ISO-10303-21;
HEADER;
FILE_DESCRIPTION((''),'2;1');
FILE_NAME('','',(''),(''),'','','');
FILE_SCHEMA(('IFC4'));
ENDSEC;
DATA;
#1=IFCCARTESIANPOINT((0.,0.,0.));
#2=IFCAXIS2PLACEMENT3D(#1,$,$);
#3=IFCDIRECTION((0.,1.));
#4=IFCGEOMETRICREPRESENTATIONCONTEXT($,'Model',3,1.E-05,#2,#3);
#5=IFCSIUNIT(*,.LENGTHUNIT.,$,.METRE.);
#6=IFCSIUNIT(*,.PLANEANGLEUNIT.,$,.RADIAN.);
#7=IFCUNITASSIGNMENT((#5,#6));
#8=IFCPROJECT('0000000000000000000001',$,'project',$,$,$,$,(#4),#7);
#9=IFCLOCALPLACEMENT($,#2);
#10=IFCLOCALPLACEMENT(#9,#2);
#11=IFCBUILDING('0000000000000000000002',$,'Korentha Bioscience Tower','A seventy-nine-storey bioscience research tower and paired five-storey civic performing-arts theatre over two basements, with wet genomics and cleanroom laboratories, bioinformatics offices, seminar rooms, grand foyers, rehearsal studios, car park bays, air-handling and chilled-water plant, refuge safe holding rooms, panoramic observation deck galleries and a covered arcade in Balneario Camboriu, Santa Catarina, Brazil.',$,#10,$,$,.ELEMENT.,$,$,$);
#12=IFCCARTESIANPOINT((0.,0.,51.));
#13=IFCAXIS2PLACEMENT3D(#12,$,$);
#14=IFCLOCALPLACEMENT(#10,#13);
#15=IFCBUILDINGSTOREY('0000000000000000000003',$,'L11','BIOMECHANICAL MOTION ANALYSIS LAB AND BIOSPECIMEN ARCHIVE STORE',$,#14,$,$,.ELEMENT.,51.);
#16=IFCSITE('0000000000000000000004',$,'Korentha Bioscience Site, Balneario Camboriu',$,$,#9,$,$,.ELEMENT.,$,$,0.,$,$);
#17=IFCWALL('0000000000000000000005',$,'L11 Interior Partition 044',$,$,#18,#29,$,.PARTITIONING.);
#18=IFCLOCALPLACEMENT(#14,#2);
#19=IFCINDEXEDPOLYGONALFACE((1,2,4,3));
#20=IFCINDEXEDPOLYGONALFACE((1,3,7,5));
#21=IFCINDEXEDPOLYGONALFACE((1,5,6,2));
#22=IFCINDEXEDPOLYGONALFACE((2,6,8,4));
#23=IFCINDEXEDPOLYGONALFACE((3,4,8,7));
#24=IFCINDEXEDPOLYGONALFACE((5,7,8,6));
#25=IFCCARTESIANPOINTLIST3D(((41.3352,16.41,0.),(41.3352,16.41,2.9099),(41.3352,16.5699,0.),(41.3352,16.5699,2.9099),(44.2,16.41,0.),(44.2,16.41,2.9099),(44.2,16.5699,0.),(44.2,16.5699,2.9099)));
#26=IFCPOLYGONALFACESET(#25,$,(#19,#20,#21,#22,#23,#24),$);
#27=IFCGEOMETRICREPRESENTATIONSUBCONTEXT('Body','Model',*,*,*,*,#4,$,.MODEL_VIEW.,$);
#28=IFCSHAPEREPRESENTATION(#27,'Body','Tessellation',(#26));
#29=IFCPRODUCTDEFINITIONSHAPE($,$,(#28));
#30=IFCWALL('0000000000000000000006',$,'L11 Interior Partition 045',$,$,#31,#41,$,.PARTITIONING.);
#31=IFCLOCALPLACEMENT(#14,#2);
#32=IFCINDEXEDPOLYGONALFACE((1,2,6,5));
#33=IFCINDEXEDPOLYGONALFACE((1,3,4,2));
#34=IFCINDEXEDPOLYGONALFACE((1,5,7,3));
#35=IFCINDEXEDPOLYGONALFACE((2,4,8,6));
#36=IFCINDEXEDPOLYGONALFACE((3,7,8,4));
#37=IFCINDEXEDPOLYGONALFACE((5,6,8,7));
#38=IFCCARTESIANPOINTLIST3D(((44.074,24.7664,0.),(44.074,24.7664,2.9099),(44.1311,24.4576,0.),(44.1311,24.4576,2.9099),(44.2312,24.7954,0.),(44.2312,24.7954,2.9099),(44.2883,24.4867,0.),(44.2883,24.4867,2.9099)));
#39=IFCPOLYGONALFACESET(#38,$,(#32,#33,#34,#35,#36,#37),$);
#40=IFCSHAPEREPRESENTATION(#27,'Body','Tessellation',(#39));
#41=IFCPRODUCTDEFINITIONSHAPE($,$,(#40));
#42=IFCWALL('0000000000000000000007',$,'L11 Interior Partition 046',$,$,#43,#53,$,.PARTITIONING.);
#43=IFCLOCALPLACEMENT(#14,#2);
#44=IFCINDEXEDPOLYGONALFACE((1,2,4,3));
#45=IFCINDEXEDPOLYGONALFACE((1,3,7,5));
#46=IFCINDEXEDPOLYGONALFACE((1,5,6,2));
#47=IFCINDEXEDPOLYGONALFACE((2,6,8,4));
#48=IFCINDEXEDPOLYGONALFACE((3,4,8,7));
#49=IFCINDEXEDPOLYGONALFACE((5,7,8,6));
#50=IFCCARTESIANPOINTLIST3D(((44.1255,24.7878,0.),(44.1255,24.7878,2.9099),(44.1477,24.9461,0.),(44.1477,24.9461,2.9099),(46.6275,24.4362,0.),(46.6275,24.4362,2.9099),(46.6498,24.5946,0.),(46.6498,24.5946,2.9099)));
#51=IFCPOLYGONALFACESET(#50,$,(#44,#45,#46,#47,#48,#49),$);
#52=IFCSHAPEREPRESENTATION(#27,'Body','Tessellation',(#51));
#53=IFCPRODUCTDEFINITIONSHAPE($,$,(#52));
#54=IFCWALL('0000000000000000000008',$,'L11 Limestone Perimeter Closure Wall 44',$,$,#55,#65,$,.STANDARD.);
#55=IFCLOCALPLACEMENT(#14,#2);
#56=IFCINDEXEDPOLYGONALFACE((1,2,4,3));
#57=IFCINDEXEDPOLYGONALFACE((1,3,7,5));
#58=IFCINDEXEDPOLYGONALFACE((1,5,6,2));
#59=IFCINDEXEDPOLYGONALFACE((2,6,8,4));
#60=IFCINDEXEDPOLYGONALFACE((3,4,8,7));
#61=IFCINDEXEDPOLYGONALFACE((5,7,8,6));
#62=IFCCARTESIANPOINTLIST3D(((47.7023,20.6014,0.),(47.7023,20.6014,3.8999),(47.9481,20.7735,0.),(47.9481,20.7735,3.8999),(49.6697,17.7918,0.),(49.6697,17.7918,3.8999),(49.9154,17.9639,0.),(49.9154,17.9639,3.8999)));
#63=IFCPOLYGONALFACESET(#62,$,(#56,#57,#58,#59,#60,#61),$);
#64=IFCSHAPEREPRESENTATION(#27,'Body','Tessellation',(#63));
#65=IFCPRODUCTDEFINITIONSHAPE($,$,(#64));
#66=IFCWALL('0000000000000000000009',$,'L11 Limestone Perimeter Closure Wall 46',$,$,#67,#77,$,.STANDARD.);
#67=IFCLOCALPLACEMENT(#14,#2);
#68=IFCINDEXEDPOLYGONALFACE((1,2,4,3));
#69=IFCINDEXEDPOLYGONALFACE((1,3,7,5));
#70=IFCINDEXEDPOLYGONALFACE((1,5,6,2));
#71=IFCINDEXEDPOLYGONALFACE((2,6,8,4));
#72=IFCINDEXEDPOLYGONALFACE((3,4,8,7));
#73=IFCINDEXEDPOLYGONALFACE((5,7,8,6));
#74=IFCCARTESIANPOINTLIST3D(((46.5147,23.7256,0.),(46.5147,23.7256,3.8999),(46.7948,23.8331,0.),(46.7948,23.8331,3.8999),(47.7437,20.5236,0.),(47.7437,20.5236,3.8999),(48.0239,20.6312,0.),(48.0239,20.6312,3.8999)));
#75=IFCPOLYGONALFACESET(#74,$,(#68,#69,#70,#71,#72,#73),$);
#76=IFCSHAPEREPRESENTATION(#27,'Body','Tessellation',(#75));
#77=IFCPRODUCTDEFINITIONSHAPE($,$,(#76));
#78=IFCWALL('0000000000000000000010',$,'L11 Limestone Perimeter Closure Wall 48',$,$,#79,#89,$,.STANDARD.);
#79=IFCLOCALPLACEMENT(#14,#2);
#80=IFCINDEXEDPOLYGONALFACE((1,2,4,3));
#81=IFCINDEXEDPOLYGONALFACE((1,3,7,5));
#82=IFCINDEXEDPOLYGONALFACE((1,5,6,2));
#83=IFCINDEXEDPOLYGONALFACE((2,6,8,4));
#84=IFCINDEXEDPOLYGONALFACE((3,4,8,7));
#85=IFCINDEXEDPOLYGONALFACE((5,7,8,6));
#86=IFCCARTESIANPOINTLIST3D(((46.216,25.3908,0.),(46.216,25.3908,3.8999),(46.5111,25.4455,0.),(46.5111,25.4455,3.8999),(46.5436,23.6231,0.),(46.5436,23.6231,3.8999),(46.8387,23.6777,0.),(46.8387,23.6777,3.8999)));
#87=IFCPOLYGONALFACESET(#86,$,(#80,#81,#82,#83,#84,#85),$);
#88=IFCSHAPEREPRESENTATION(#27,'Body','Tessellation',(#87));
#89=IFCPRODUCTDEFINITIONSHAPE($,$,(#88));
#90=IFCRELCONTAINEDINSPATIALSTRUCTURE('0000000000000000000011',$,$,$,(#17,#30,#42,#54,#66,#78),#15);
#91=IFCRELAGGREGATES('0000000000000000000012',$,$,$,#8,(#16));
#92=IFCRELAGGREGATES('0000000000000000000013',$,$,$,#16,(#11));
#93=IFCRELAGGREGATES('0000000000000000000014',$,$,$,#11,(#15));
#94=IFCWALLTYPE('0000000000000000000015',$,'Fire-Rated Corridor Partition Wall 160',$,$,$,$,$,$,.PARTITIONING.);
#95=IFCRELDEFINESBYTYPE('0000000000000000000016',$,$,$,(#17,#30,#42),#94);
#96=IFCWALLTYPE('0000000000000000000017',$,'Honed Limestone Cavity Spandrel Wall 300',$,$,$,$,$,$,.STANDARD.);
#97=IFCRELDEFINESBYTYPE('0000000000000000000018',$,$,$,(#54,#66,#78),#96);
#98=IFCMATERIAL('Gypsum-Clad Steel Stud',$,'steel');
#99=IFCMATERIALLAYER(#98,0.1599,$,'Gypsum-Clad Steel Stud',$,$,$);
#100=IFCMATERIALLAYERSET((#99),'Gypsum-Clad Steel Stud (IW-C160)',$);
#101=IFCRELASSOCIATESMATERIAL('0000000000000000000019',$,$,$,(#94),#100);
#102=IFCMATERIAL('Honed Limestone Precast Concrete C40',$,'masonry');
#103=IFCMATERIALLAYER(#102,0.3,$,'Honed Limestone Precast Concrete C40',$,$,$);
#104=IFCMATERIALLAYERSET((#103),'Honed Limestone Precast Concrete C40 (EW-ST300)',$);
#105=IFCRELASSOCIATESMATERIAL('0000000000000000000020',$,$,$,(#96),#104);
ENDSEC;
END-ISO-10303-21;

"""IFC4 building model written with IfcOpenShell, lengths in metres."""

from ifc_helpers import new_model, si_unit, direction, frame, frame_2d, origin, place, context, subcontext, project, spatial, rectangle, extrude, material, layer, layer_set, type_object, element, save


model = new_model("IFC4")

# Units and contexts
model_context = context("Model", 3, precision=1e-05, world=origin(), true_north=direction((0.0, 1.0)))
body_context = subcontext(model_context, "Body", "Model", "MODEL_VIEW")
ifc_project = project(units=[si_unit("LENGTHUNIT", "METRE"), si_unit("PLANEANGLEUNIT", "RADIAN")], contexts=[model_context])

# Site, building, storey
site_placement = place(None, origin())
site = spatial("IfcSite", under=ifc_project, at=site_placement, Name="Korentha Bioscience Site, Balneario Camboriu", CompositionType="ELEMENT", RefElevation=0.0)
building_placement = place(site_placement, origin())
building = spatial("IfcBuilding", under=site, at=building_placement, Name="Korentha Bioscience Tower", Description="A seventy-nine-storey bioscience research tower and paired five-storey civic performing-arts theatre over two basements, with wet genomics and cleanroom laboratories, bioinformatics offices, seminar rooms, grand foyers, rehearsal studios, car park bays, air-handling and chilled-water plant, refuge safe holding rooms, panoramic observation deck galleries and a covered arcade in Balneario Camboriu, Santa Catarina, Brazil.", CompositionType="ELEMENT")
storey_placement = place(building_placement, frame((0.0, 0.0, 51.0)))
storey = spatial("IfcBuildingStorey", under=building, at=storey_placement, Name="L11", Description="BIOMECHANICAL MOTION ANALYSIS LAB AND BIOSPECIMEN ARCHIVE STORE", CompositionType="ELEMENT", Elevation=51.0)

# Shared definitions
ifc_material_1 = material(Name="Gypsum-Clad Steel Stud", Category="steel")
ifc_layer_1 = layer(ifc_material_1, 0.1599, Name="Gypsum-Clad Steel Stud")
ifc_layer_set_1 = layer_set([ifc_layer_1], Name="Gypsum-Clad Steel Stud (IW-C160)")
wall_type_1 = type_object("IfcWallType", Name="Fire-Rated Corridor Partition Wall 160", PredefinedType="PARTITIONING", material=ifc_layer_set_1)

# Walls
wall_1_placement = place(storey_placement, frame((41.3352, 16.49, 0.0), z_axis=(0.0, 0.0, 1.0), x_axis=(1.0, 0.0, 0.0)))
element("IfcWall", 1, at=wall_1_placement, inside=storey, type_object=wall_type_1, Name="L11 Interior Partition 044", PredefinedType="PARTITIONING", context=body_context, shape_type="SweptSolid", body=[
    extrude(rectangle(XDim=2.8647, YDim=0.1599, at=frame_2d((1.4324, 0.0))), origin(), (0.0, 0.0, 1.0), 2.9099),
])
wall_2_placement = place(storey_placement, frame((44.2097, 24.4722, 0.0), z_axis=(0.0, 0.0, 1.0), x_axis=(-0.181894, 0.983318, 0.0)))
element("IfcWall", 2, at=wall_2_placement, inside=storey, type_object=wall_type_1, Name="L11 Interior Partition 045", PredefinedType="PARTITIONING", context=body_context, shape_type="SweptSolid", body=[
    extrude(rectangle(XDim=0.314, YDim=0.1599, at=frame_2d((0.157, 0.0))), origin(), (0.0, 0.0, 1.0), 2.9099),
])
wall_3_placement = place(storey_placement, frame((44.1367, 24.8669, 0.0), z_axis=(0.0, 0.0, 1.0), x_axis=(0.990272, -0.139148, 0.0)))
element("IfcWall", 3, at=wall_3_placement, inside=storey, type_object=wall_type_1, Name="L11 Interior Partition 046", PredefinedType="PARTITIONING", context=body_context, shape_type="SweptSolid", body=[
    extrude(rectangle(XDim=2.5266, YDim=0.1599, at=frame_2d((1.2632, 0.0))), origin(), (0.0, 0.0, 1.0), 2.9099),
])
ifc_material_2 = material(Name="Honed Limestone Precast Concrete C40", Category="masonry")
ifc_layer_2 = layer(ifc_material_2, 0.3, Name="Honed Limestone Precast Concrete C40")
ifc_layer_set_2 = layer_set([ifc_layer_2], Name="Honed Limestone Precast Concrete C40 (EW-ST300)")
wall_type_2 = type_object("IfcWallType", Name="Honed Limestone Cavity Spandrel Wall 300", PredefinedType="STANDARD", material=ifc_layer_set_2)
wall_4_placement = place(storey_placement, frame((49.7925, 17.8779, 0.0), z_axis=(0.0, 0.0, 1.0), x_axis=(-0.573577, 0.819152, 0.0)))
element("IfcWall", 4, at=wall_4_placement, inside=storey, type_object=wall_type_2, Name="L11 Limestone Perimeter Closure Wall 44", PredefinedType="STANDARD", context=body_context, shape_type="SweptSolid", body=[
    extrude(rectangle(XDim=3.4299, YDim=0.3, at=frame_2d((1.7148, 0.0))), origin(), (0.0, 0.0, 1.0), 3.8999),
])
wall_5_placement = place(storey_placement, frame((47.8838, 20.5774, 0.0), z_axis=(0.0, 0.0, 1.0), x_axis=(-0.358345, 0.933589, 0.0)))
element("IfcWall", 5, at=wall_5_placement, inside=storey, type_object=wall_type_2, Name="L11 Limestone Perimeter Closure Wall 46", PredefinedType="STANDARD", context=body_context, shape_type="SweptSolid", body=[
    extrude(rectangle(XDim=3.4297, YDim=0.3, at=frame_2d((1.7148, 0.0))), origin(), (0.0, 0.0, 1.0), 3.8999),
])
wall_6_placement = place(storey_placement, frame((46.6912, 23.6504, 0.0), z_axis=(0.0, 0.0, 1.0), x_axis=(-0.18223, 0.983256, 0.0)))
element("IfcWall", 6, at=wall_6_placement, inside=storey, type_object=wall_type_2, Name="L11 Limestone Perimeter Closure Wall 48", PredefinedType="STANDARD", context=body_context, shape_type="SweptSolid", body=[
    extrude(rectangle(XDim=1.7979, YDim=0.3, at=frame_2d((0.8989, 0.0))), origin(), (0.0, 0.0, 1.0), 3.8999),
])

save(model, "model.ifc")
